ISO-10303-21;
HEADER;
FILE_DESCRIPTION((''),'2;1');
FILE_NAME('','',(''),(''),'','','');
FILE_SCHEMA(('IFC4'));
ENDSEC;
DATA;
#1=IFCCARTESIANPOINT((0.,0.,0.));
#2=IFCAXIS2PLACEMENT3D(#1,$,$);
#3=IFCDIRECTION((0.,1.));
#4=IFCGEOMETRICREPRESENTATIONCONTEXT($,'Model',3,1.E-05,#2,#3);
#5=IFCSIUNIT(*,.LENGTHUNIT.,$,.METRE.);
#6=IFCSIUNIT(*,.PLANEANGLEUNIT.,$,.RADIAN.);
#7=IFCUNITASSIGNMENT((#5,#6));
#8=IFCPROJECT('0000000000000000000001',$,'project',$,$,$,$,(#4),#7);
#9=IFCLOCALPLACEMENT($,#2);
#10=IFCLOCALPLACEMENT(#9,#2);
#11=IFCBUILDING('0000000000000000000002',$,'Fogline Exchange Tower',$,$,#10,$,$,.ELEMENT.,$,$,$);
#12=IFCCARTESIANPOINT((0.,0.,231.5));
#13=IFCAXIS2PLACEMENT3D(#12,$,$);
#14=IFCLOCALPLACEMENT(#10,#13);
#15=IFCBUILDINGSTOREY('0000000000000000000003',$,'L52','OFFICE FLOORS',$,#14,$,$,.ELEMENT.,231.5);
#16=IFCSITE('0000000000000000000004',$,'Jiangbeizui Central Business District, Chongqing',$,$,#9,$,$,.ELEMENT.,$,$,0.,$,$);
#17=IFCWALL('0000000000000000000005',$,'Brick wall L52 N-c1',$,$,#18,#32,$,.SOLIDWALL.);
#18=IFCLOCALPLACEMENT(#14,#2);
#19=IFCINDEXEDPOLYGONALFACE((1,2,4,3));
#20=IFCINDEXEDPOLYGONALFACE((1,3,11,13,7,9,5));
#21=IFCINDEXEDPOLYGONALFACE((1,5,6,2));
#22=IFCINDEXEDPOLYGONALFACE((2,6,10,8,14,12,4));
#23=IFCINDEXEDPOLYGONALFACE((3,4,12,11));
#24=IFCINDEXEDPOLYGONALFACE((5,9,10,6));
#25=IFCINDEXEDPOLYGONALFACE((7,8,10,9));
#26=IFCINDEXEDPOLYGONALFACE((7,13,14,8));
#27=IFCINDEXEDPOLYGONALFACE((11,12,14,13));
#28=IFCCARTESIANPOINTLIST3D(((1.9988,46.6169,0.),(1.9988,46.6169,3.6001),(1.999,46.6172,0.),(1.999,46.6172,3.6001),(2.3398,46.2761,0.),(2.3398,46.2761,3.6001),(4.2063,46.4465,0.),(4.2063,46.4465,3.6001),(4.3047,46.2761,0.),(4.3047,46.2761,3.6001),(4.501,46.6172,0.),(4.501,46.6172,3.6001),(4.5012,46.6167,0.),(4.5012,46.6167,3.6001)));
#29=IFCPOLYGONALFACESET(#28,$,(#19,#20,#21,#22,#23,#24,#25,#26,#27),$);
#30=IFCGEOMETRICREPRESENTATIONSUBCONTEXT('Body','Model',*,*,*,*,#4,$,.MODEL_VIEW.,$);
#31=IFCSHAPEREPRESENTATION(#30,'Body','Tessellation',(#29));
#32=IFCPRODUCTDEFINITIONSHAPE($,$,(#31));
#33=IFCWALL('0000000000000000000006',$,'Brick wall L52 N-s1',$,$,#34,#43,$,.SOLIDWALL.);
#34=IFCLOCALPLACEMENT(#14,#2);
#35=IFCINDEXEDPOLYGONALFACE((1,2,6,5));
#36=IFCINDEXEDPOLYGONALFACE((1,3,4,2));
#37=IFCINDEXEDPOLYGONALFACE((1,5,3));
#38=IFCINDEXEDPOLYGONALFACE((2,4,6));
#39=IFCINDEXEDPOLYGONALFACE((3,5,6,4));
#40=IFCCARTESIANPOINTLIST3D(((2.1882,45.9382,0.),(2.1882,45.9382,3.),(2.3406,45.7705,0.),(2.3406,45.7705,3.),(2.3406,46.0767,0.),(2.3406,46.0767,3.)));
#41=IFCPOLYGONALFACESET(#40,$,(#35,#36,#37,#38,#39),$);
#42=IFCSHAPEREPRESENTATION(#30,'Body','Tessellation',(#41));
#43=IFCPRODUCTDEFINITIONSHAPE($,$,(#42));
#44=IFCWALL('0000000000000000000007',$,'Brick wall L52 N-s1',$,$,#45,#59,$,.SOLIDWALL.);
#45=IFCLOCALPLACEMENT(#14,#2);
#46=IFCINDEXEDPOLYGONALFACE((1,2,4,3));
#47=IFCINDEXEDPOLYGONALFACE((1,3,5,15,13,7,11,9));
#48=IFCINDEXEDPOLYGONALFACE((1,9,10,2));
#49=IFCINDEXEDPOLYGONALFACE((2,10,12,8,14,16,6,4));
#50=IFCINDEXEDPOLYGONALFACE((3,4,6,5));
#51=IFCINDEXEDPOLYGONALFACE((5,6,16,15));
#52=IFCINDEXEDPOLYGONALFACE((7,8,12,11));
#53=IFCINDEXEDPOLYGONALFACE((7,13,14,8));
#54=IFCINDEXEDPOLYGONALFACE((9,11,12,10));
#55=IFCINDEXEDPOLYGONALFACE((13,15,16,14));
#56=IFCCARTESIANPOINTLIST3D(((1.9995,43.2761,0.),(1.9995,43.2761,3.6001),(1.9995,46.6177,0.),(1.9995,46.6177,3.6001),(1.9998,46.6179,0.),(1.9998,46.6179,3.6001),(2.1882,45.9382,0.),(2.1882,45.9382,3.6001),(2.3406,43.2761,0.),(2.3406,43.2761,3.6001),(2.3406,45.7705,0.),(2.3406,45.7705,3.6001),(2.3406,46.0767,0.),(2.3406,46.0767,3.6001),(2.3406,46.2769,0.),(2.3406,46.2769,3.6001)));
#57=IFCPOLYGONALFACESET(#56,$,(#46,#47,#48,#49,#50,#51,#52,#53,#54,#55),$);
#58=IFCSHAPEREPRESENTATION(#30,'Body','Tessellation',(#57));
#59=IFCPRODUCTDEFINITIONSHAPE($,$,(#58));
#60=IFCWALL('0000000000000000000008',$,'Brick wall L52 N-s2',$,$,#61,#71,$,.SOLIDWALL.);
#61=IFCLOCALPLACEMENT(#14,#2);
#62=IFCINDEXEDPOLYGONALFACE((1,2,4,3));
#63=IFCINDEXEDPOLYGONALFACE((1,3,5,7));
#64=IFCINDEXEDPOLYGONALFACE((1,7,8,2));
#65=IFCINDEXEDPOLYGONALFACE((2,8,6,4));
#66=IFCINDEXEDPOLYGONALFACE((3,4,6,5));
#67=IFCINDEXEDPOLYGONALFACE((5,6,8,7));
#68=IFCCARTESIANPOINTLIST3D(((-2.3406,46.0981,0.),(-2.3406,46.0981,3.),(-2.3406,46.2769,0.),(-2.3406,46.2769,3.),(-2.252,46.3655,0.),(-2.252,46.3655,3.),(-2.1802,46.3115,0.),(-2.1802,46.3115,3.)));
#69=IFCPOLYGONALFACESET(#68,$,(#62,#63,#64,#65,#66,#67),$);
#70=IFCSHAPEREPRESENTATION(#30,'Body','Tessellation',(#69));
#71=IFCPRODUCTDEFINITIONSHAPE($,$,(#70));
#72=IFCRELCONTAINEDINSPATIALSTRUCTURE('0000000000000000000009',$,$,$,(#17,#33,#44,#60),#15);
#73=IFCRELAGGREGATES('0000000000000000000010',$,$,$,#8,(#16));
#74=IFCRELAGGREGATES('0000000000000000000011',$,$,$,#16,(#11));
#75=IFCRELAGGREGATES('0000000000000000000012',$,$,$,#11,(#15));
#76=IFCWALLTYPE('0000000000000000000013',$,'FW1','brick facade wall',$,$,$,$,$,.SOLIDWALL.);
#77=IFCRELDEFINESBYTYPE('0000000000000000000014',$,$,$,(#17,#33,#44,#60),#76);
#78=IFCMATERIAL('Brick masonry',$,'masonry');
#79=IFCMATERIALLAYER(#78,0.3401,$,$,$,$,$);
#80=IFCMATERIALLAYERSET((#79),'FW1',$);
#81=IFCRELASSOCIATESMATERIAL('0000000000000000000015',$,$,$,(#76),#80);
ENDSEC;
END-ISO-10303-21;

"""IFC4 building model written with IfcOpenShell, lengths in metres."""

from ifc_helpers import new_model, si_unit, direction, frame, origin, place, context, subcontext, project, spatial, polyline, outline, extrude, material, layer, layer_set, type_object, element, save


model = new_model("IFC4")

# Units and contexts
model_context = context("Model", 3, precision=1e-05, world=origin(), true_north=direction((0.0, 1.0)))
body_context = subcontext(model_context, "Body", "Model", "MODEL_VIEW")
ifc_project = project(units=[si_unit("LENGTHUNIT", "METRE"), si_unit("PLANEANGLEUNIT", "RADIAN")], contexts=[model_context])

# Site, building, storey
site_placement = place(None, origin())
site = spatial("IfcSite", under=ifc_project, at=site_placement, Name="Jiangbeizui Central Business District, Chongqing", CompositionType="ELEMENT", RefElevation=0.0)
building_placement = place(site_placement, origin())
building = spatial("IfcBuilding", under=site, at=building_placement, Name="Fogline Exchange Tower", CompositionType="ELEMENT")
storey_placement = place(building_placement, frame((0.0, 0.0, 231.5)))
storey = spatial("IfcBuildingStorey", under=building, at=storey_placement, Name="L52", Description="OFFICE FLOORS", CompositionType="ELEMENT", Elevation=231.5)

# Walls
ifc_material_1 = material(Name="Brick masonry", Category="masonry")
ifc_layer_1 = layer(ifc_material_1, 0.3401)
ifc_layer_set_1 = layer_set([ifc_layer_1], Name="FW1")
wall_type = type_object("IfcWallType", Name="FW1", Description="brick facade wall", PredefinedType="SOLIDWALL", material=ifc_layer_set_1)
wall_1_placement = place(storey_placement, origin())
element("IfcWall", 1, at=wall_1_placement, inside=storey, type_object=wall_type, Name="Brick wall L52 N-c1", PredefinedType="SOLIDWALL", context=body_context, shape_type="SweptSolid", body=[
    extrude(outline(polyline([(1.999, 46.6172), (4.501, 46.6172), (4.5012, 46.6167), (4.2063, 46.4465), (4.3047, 46.2761), (2.3398, 46.2761), (1.9988, 46.6169), (1.999, 46.6172)])), origin(), (0.0, 0.0, 1.0), 3.6001),
])
wall_2_placement = place(storey_placement, origin())
element("IfcWall", 2, at=wall_2_placement, inside=storey, type_object=wall_type, Name="Brick wall L52 N-s1", PredefinedType="SOLIDWALL", context=body_context, shape_type="SweptSolid", body=[
    extrude(outline(polyline([(2.3406, 45.7705), (2.1882, 45.9382), (2.3406, 46.0767), (2.3406, 45.7705)])), origin(), (0.0, 0.0, 1.0), 3.0),
])
wall_3_placement = place(storey_placement, origin())
element("IfcWall", 3, at=wall_3_placement, inside=storey, type_object=wall_type, Name="Brick wall L52 N-s1", PredefinedType="SOLIDWALL", context=body_context, shape_type="SweptSolid", body=[
    extrude(outline(polyline([(1.9995, 43.2761), (1.9995, 46.6177), (1.9998, 46.6179), (2.3406, 46.2769), (2.3406, 46.0767), (2.1882, 45.9382), (2.3406, 45.7705), (2.3406, 43.2761), (1.9995, 43.2761)])), origin(), (0.0, 0.0, 1.0), 3.6001),
])
wall_4_placement = place(storey_placement, origin())
element("IfcWall", 4, at=wall_4_placement, inside=storey, type_object=wall_type, Name="Brick wall L52 N-s2", PredefinedType="SOLIDWALL", context=body_context, shape_type="SweptSolid", body=[
    extrude(outline(polyline([(-2.3406, 46.2769), (-2.252, 46.3655), (-2.1802, 46.3115), (-2.3406, 46.0981), (-2.3406, 46.2769)])), origin(), (0.0, 0.0, 1.0), 3.0),
])

save(model, "model.ifc")
